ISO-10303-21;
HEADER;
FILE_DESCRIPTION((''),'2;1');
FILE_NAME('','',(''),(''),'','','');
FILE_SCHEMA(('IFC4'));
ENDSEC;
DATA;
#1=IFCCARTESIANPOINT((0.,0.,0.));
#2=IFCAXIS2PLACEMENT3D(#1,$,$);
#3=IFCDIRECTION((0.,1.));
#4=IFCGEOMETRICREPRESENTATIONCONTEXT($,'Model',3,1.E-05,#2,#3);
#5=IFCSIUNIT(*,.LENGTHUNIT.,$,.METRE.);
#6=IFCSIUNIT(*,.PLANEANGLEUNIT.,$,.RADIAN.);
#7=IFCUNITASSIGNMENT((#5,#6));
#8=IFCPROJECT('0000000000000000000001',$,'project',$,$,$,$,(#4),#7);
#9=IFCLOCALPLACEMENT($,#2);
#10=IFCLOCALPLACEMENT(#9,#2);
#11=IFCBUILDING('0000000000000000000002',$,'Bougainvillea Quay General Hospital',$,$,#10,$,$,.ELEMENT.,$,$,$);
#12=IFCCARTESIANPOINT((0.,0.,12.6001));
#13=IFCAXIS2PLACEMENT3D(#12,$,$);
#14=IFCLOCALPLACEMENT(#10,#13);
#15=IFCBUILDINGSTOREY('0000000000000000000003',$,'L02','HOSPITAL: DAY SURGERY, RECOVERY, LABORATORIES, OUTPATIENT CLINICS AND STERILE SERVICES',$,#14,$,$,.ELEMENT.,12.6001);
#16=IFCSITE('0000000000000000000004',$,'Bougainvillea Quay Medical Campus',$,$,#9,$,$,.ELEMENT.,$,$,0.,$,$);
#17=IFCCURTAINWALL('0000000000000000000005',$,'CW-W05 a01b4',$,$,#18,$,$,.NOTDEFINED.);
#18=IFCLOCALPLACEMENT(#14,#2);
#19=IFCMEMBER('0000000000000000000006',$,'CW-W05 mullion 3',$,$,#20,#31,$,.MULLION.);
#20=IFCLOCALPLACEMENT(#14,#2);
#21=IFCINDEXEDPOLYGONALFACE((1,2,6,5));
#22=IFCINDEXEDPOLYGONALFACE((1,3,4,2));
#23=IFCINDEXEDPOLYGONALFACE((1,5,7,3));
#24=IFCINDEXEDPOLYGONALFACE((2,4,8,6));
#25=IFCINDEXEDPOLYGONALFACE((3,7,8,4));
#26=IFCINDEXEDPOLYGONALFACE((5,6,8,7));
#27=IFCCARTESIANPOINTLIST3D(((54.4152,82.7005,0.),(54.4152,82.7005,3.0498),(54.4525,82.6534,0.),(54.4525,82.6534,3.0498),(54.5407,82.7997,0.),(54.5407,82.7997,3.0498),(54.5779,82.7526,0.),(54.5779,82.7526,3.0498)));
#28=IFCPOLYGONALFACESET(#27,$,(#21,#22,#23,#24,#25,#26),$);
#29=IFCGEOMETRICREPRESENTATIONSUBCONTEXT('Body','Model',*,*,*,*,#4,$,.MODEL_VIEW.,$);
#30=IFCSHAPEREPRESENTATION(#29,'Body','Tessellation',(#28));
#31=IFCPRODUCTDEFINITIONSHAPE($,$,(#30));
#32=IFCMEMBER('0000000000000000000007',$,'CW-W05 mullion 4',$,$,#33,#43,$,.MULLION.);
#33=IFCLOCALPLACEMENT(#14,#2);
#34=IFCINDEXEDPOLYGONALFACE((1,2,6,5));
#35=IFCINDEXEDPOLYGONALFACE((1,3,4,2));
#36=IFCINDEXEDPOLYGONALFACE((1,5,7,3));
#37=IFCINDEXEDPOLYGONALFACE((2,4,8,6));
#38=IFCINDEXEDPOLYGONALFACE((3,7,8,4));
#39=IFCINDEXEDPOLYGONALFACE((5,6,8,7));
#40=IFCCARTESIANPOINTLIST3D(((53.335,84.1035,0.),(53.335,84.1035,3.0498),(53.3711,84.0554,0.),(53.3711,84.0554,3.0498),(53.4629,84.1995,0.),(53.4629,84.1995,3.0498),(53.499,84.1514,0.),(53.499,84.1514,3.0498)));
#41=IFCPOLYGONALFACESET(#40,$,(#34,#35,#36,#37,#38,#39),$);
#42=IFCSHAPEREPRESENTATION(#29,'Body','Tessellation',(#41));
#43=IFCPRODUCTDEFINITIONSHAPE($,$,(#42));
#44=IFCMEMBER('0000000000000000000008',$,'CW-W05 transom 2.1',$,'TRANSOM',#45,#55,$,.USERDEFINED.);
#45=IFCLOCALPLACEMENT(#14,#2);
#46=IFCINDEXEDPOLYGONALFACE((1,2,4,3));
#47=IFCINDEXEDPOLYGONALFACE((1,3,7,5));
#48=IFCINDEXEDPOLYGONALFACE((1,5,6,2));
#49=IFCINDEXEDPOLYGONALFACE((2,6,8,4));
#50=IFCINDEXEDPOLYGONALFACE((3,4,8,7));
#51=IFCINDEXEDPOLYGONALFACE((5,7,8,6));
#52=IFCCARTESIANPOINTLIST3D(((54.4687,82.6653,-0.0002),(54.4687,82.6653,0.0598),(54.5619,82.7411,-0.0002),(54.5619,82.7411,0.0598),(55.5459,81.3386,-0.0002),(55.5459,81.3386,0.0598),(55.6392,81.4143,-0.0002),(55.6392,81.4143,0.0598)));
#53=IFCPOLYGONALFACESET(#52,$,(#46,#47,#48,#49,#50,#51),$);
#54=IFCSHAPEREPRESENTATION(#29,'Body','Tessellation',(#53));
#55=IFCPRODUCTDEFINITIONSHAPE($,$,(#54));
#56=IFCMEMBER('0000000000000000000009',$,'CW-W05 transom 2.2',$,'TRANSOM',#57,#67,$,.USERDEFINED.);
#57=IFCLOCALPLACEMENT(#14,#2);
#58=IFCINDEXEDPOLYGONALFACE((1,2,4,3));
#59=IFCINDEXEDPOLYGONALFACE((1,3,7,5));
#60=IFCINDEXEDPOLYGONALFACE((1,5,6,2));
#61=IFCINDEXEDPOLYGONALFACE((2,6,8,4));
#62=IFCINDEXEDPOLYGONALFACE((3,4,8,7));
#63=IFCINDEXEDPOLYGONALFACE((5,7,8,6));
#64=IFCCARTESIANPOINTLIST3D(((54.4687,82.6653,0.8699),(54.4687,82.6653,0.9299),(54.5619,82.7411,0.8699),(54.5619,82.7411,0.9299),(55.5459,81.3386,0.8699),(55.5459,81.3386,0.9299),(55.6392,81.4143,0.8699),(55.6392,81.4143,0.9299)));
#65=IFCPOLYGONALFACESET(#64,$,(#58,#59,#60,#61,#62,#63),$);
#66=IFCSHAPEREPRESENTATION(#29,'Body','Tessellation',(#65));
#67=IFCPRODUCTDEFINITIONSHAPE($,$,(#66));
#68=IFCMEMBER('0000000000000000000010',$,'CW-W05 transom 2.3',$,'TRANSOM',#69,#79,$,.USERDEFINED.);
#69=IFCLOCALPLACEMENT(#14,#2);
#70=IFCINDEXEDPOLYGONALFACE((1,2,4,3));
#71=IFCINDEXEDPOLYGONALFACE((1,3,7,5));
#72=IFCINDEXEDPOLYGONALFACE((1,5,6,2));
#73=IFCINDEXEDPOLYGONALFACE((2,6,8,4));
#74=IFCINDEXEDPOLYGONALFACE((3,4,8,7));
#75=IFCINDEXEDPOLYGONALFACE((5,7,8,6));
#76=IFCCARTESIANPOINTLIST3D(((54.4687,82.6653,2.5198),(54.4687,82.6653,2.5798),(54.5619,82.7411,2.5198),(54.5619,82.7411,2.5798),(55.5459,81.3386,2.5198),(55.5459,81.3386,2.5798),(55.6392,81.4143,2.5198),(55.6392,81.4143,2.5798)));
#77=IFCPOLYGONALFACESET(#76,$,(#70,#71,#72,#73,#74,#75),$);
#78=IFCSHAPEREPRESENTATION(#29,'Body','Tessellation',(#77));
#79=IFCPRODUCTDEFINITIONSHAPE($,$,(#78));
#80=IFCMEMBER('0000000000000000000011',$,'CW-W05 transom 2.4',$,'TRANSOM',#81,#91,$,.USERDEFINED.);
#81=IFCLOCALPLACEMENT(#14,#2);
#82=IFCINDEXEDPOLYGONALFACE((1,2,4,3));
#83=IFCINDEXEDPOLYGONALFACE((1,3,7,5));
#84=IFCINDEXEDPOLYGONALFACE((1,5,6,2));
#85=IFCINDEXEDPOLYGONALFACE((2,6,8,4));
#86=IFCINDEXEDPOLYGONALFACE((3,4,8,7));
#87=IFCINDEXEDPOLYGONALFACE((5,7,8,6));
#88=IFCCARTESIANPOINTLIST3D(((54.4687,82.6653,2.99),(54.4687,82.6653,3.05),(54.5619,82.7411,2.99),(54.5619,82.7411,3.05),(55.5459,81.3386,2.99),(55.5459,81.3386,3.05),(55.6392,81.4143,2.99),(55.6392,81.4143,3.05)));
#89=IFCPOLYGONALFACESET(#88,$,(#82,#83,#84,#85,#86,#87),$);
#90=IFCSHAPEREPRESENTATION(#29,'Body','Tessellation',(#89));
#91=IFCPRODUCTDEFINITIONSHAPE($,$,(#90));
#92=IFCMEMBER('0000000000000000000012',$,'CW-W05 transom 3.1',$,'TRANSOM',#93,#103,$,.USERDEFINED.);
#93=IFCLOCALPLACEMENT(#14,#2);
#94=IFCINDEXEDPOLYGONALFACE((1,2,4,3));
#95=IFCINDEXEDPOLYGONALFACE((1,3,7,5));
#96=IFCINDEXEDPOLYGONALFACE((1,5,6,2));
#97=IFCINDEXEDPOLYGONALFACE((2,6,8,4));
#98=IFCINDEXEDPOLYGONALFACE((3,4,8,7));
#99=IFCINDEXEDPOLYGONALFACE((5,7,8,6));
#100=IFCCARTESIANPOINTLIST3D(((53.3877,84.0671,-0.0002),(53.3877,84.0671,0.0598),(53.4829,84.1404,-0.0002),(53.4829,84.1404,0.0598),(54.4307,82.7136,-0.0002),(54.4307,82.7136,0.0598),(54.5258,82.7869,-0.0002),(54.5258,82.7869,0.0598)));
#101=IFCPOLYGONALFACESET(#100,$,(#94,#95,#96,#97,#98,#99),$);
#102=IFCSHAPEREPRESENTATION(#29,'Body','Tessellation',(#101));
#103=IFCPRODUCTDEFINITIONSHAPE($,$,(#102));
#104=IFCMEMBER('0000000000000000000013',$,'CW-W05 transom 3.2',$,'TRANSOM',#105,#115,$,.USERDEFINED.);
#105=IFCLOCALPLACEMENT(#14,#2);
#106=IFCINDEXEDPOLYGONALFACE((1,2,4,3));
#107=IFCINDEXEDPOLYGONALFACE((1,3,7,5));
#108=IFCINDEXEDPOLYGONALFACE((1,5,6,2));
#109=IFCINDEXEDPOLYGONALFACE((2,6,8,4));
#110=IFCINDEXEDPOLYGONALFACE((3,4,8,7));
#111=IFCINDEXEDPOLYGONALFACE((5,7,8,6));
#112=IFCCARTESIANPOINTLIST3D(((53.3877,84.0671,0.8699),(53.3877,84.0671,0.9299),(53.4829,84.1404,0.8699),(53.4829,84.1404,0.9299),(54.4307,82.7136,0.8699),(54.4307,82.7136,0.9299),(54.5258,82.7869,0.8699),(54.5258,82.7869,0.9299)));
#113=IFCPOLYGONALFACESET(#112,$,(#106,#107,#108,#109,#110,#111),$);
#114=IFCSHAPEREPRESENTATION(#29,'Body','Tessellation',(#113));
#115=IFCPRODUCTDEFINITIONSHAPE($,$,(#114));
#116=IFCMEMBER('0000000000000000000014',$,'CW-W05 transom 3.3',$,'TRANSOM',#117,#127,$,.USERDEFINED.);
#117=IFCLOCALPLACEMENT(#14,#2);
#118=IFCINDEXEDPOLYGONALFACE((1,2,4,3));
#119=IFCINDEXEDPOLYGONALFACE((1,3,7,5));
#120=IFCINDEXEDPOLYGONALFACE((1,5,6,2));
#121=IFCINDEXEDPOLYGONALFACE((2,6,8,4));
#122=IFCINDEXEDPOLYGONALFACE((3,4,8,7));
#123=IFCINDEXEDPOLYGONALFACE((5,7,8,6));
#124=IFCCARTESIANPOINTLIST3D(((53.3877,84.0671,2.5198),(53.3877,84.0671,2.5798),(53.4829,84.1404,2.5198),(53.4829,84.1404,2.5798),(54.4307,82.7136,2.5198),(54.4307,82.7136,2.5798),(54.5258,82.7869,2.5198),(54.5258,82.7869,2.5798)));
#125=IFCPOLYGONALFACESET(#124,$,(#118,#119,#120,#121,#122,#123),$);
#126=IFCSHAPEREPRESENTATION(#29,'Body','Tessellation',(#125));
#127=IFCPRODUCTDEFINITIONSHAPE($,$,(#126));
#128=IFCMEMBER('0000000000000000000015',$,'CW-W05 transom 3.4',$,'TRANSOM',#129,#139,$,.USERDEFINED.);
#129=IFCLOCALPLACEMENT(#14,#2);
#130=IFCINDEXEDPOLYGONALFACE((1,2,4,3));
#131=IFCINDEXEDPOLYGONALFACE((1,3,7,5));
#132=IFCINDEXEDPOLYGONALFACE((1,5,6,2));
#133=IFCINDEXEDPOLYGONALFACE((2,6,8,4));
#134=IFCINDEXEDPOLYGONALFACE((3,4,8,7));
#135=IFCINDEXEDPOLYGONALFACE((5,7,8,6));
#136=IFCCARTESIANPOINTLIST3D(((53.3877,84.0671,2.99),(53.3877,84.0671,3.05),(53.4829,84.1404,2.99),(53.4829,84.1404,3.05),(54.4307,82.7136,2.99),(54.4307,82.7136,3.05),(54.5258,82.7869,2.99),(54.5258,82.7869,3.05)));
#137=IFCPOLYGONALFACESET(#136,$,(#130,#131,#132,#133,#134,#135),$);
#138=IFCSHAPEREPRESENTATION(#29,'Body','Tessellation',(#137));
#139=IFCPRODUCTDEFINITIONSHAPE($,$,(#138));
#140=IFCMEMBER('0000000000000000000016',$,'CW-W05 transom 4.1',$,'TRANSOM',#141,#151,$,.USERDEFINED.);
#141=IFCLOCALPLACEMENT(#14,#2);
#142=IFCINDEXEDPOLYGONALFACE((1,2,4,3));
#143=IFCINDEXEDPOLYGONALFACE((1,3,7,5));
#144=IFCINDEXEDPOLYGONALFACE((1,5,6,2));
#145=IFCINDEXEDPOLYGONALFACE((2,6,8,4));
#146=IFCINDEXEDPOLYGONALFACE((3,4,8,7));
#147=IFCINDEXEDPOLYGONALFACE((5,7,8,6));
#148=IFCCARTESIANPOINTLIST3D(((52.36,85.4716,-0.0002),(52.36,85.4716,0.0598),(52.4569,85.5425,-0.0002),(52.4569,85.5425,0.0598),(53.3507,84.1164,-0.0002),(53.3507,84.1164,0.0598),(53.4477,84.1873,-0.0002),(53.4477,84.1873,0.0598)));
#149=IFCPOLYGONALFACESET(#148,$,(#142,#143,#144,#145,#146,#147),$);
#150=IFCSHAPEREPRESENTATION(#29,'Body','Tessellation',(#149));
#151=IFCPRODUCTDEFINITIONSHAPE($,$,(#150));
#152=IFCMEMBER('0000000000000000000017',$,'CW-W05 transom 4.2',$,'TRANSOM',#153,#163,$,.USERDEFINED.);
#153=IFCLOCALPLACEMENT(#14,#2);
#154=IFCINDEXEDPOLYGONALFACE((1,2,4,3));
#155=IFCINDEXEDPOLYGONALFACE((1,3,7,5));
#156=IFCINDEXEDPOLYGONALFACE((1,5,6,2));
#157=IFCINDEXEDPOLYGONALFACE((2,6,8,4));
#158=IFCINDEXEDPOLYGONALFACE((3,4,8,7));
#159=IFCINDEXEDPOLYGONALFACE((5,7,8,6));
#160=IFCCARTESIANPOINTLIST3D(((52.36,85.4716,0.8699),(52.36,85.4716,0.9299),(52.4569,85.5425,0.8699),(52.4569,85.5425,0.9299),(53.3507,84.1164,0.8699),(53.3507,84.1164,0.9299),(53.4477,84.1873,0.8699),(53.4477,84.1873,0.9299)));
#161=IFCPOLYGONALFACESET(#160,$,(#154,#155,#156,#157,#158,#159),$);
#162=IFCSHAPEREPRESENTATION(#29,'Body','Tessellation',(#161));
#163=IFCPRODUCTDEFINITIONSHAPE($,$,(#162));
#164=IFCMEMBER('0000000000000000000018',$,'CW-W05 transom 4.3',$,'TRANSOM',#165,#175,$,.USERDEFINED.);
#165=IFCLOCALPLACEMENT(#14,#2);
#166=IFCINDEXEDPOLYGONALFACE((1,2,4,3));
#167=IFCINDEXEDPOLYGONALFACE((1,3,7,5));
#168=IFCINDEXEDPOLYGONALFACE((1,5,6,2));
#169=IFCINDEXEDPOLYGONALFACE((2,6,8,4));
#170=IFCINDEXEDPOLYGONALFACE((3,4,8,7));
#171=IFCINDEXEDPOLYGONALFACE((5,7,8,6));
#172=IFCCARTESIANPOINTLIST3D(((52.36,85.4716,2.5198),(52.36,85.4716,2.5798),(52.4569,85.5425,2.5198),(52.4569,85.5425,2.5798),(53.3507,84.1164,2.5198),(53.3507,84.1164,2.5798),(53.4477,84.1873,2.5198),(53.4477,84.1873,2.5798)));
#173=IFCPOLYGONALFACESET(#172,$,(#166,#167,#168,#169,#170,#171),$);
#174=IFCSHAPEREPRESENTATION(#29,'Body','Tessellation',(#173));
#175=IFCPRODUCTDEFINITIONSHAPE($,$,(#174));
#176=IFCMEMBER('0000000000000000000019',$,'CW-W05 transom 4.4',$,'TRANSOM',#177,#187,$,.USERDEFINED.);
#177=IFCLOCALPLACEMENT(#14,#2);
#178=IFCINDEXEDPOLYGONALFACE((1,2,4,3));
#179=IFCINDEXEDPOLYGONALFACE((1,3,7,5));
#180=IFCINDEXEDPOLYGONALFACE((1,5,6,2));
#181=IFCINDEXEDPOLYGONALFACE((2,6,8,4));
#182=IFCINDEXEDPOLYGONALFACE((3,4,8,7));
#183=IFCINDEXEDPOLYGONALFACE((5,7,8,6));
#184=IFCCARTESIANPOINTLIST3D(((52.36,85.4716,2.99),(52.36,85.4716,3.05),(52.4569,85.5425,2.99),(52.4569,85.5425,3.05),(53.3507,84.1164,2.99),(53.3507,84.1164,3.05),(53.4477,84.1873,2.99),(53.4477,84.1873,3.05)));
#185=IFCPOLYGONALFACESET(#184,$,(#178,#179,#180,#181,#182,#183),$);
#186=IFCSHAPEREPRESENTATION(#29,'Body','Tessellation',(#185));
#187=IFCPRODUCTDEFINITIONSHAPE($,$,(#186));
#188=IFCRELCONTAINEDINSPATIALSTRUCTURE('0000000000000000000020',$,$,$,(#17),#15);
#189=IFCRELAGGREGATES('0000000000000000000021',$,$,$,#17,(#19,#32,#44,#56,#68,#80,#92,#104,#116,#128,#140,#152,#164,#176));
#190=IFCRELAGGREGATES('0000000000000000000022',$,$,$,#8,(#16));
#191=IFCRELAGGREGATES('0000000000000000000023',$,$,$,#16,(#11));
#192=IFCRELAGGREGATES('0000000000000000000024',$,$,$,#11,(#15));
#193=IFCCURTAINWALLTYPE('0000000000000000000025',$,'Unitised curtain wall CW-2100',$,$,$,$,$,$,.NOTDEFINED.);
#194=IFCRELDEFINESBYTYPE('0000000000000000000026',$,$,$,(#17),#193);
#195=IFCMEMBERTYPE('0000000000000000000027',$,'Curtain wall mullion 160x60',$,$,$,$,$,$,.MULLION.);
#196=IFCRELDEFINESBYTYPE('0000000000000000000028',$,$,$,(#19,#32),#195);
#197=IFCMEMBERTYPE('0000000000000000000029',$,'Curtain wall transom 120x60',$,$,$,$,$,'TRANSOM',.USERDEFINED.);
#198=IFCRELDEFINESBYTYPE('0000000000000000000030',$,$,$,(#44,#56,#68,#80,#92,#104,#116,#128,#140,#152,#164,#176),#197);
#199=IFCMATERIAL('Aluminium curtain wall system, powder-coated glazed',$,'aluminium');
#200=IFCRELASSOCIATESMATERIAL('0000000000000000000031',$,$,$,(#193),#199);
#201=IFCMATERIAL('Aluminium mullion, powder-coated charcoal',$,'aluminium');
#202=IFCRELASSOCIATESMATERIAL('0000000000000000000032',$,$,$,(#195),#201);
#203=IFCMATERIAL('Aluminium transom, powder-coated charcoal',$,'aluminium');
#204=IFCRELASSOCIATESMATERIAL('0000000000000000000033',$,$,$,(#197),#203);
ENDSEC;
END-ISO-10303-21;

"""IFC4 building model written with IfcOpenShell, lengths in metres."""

from ifc_helpers import new_model, si_unit, direction, frame, origin, origin_2d, place, context, subcontext, project, spatial, rectangle, extrude, material, material_profile, profile_set, type_object, element, aggregate, save


model = new_model("IFC4")

# Units and contexts
model_context = context("Model", 3, precision=1e-05, world=origin(), true_north=direction((0.0, 1.0)))
body_context = subcontext(model_context, "Body", "Model", "MODEL_VIEW")
ifc_project = project(units=[si_unit("LENGTHUNIT", "METRE"), si_unit("PLANEANGLEUNIT", "RADIAN")], contexts=[model_context])

# Site, building, storey
site_placement = place(None, origin())
site = spatial("IfcSite", under=ifc_project, at=site_placement, Name="Bougainvillea Quay Medical Campus", CompositionType="ELEMENT", RefElevation=0.0)
building_placement = place(site_placement, origin())
building = spatial("IfcBuilding", under=site, at=building_placement, Name="Bougainvillea Quay General Hospital", CompositionType="ELEMENT")
storey_placement = place(building_placement, frame((0.0, 0.0, 12.6001)))
storey = spatial("IfcBuildingStorey", under=building, at=storey_placement, Name="L02", Description="HOSPITAL: DAY SURGERY, RECOVERY, LABORATORIES, OUTPATIENT CLINICS AND STERILE SERVICES", CompositionType="ELEMENT", Elevation=12.6001)

# Curtain wall, members
ifc_material_1 = material(Name="Aluminium curtain wall system, powder-coated glazed", Category="aluminium")
curtain_wall_type = type_object("IfcCurtainWallType", Name="Unitised curtain wall CW-2100", PredefinedType="NOTDEFINED", material=ifc_material_1)
curtain_wall_placement = place(storey_placement, origin())
curtain_wall = element("IfcCurtainWall", 1, at=curtain_wall_placement, inside=storey, type_object=curtain_wall_type, Name="CW-W05 a01b4", PredefinedType="NOTDEFINED")
ifc_material_2 = material(Name="Aluminium mullion, powder-coated charcoal", Category="aluminium")
ifc_material_profile_1 = material_profile(ifc_material_2, rectangle(XDim=0.1599, YDim=0.0601, at=origin_2d()))
ifc_profile_set_1 = profile_set([ifc_material_profile_1], Name="Aluminium mullion, powder-coated charcoal")
member_type_1 = type_object("IfcMemberType", Name="Curtain wall mullion 160x60", PredefinedType="MULLION", material=ifc_profile_set_1)
member_1_placement = place(storey_placement, frame((54.4966, 82.7266, 0.0), z_axis=(0.0, 0.0, 1.0), x_axis=(-0.784279, -0.620409, 0.0)))
member_1 = element("IfcMember", 2, at=member_1_placement, type_object=member_type_1, Name="CW-W05 mullion 3", PredefinedType="MULLION", context=body_context, shape_type="SweptSolid", body=[
    extrude(rectangle(XDim=0.1599, YDim=0.0601, at=origin_2d()), origin(), (0.0, 0.0, 1.0), 3.0498),
])
member_2_placement = place(storey_placement, frame((53.417, 84.1274, 0.0), z_axis=(0.0, 0.0, 1.0), x_axis=(-0.799758, -0.600323, 0.0)))
member_2 = element("IfcMember", 3, at=member_2_placement, type_object=member_type_1, Name="CW-W05 mullion 4", PredefinedType="MULLION", context=body_context, shape_type="SweptSolid", body=[
    extrude(rectangle(XDim=0.1599, YDim=0.0601, at=origin_2d()), origin(), (0.0, 0.0, 1.0), 3.0498),
])
ifc_material_3 = material(Name="Aluminium transom, powder-coated charcoal", Category="aluminium")
ifc_material_profile_2 = material_profile(ifc_material_3, rectangle(XDim=0.1201, YDim=0.0601, at=origin_2d()))
ifc_profile_set_2 = profile_set([ifc_material_profile_2], Name="Aluminium transom, powder-coated charcoal")
member_type_2 = type_object("IfcMemberType", Name="Curtain wall transom 120x60", ElementType="TRANSOM", PredefinedType="USERDEFINED", material=ifc_profile_set_2)
member_3_placement = place(storey_placement, frame((55.5925, 81.3765, 0.0298), z_axis=(-0.630324, 0.776332, 0.0), x_axis=(-0.776332, -0.630324, 0.0)))
member_3 = element("IfcMember", 4, at=member_3_placement, type_object=member_type_2, Name="CW-W05 transom 2.1", ObjectType="TRANSOM", PredefinedType="USERDEFINED", context=body_context, shape_type="SweptSolid", body=[
    extrude(rectangle(XDim=0.1201, YDim=0.0601, at=origin_2d()), origin(), (0.0, 0.0, 1.0), 1.709),
])
member_4_placement = place(storey_placement, frame((55.5925, 81.3765, 0.8999), z_axis=(-0.630324, 0.776332, 0.0), x_axis=(-0.776332, -0.630324, 0.0)))
member_4 = element("IfcMember", 5, at=member_4_placement, type_object=member_type_2, Name="CW-W05 transom 2.2", ObjectType="TRANSOM", PredefinedType="USERDEFINED", context=body_context, shape_type="SweptSolid", body=[
    extrude(rectangle(XDim=0.1201, YDim=0.0601, at=origin_2d()), origin(), (0.0, 0.0, 1.0), 1.709),
])
member_5_placement = place(storey_placement, frame((55.5925, 81.3765, 2.5498), z_axis=(-0.630324, 0.776332, 0.0), x_axis=(-0.776332, -0.630324, 0.0)))
member_5 = element("IfcMember", 6, at=member_5_placement, type_object=member_type_2, Name="CW-W05 transom 2.3", ObjectType="TRANSOM", PredefinedType="USERDEFINED", context=body_context, shape_type="SweptSolid", body=[
    extrude(rectangle(XDim=0.1201, YDim=0.0601, at=origin_2d()), origin(), (0.0, 0.0, 1.0), 1.709),
])
member_6_placement = place(storey_placement, frame((55.5925, 81.3765, 3.02), z_axis=(-0.630324, 0.776332, 0.0), x_axis=(-0.776332, -0.630324, 0.0)))
member_6 = element("IfcMember", 7, at=member_6_placement, type_object=member_type_2, Name="CW-W05 transom 2.4", ObjectType="TRANSOM", PredefinedType="USERDEFINED", context=body_context, shape_type="SweptSolid", body=[
    extrude(rectangle(XDim=0.1201, YDim=0.0601, at=origin_2d()), origin(), (0.0, 0.0, 1.0), 1.709),
])
member_7_placement = place(storey_placement, frame((54.4783, 82.7502, 0.0298), z_axis=(-0.610373, 0.792114, 0.0), x_axis=(-0.792114, -0.610373, 0.0)))
member_7 = element("IfcMember", 8, at=member_7_placement, type_object=member_type_2, Name="CW-W05 transom 3.1", ObjectType="TRANSOM", PredefinedType="USERDEFINED", context=body_context, shape_type="SweptSolid", body=[
    extrude(rectangle(XDim=0.1201, YDim=0.0601, at=origin_2d()), origin(), (0.0, 0.0, 1.0), 1.7087),
])
member_8_placement = place(storey_placement, frame((54.4783, 82.7502, 0.8999), z_axis=(-0.610373, 0.792114, 0.0), x_axis=(-0.792114, -0.610373, 0.0)))
member_8 = element("IfcMember", 9, at=member_8_placement, type_object=member_type_2, Name="CW-W05 transom 3.2", ObjectType="TRANSOM", PredefinedType="USERDEFINED", context=body_context, shape_type="SweptSolid", body=[
    extrude(rectangle(XDim=0.1201, YDim=0.0601, at=origin_2d()), origin(), (0.0, 0.0, 1.0), 1.7087),
])
member_9_placement = place(storey_placement, frame((54.4783, 82.7502, 2.5498), z_axis=(-0.610373, 0.792114, 0.0), x_axis=(-0.792114, -0.610373, 0.0)))
member_9 = element("IfcMember", 10, at=member_9_placement, type_object=member_type_2, Name="CW-W05 transom 3.3", ObjectType="TRANSOM", PredefinedType="USERDEFINED", context=body_context, shape_type="SweptSolid", body=[
    extrude(rectangle(XDim=0.1201, YDim=0.0601, at=origin_2d()), origin(), (0.0, 0.0, 1.0), 1.7087),
])
member_10_placement = place(storey_placement, frame((54.4783, 82.7502, 3.02), z_axis=(-0.610373, 0.792114, 0.0), x_axis=(-0.792114, -0.610373, 0.0)))
member_10 = element("IfcMember", 11, at=member_10_placement, type_object=member_type_2, Name="CW-W05 transom 3.4", ObjectType="TRANSOM", PredefinedType="USERDEFINED", context=body_context, shape_type="SweptSolid", body=[
    extrude(rectangle(XDim=0.1201, YDim=0.0601, at=origin_2d()), origin(), (0.0, 0.0, 1.0), 1.7087),
])
member_11_placement = place(storey_placement, frame((53.3992, 84.1519, 0.0298), z_axis=(-0.590159, 0.807287, 0.0), x_axis=(-0.807287, -0.590159, 0.0)))
member_11 = element("IfcMember", 12, at=member_11_placement, type_object=member_type_2, Name="CW-W05 transom 4.1", ObjectType="TRANSOM", PredefinedType="USERDEFINED", context=body_context, shape_type="SweptSolid", body=[
    extrude(rectangle(XDim=0.1201, YDim=0.0601, at=origin_2d()), origin(), (0.0, 0.0, 1.0), 1.6787),
])
member_12_placement = place(storey_placement, frame((53.3992, 84.1519, 0.8999), z_axis=(-0.590159, 0.807287, 0.0), x_axis=(-0.807287, -0.590159, 0.0)))
member_12 = element("IfcMember", 13, at=member_12_placement, type_object=member_type_2, Name="CW-W05 transom 4.2", ObjectType="TRANSOM", PredefinedType="USERDEFINED", context=body_context, shape_type="SweptSolid", body=[
    extrude(rectangle(XDim=0.1201, YDim=0.0601, at=origin_2d()), origin(), (0.0, 0.0, 1.0), 1.6787),
])
member_13_placement = place(storey_placement, frame((53.3992, 84.1519, 2.5498), z_axis=(-0.590159, 0.807287, 0.0), x_axis=(-0.807287, -0.590159, 0.0)))
member_13 = element("IfcMember", 14, at=member_13_placement, type_object=member_type_2, Name="CW-W05 transom 4.3", ObjectType="TRANSOM", PredefinedType="USERDEFINED", context=body_context, shape_type="SweptSolid", body=[
    extrude(rectangle(XDim=0.1201, YDim=0.0601, at=origin_2d()), origin(), (0.0, 0.0, 1.0), 1.6787),
])
member_14_placement = place(storey_placement, frame((53.3992, 84.1519, 3.02), z_axis=(-0.590159, 0.807287, 0.0), x_axis=(-0.807287, -0.590159, 0.0)))
member_14 = element("IfcMember", 15, at=member_14_placement, type_object=member_type_2, Name="CW-W05 transom 4.4", ObjectType="TRANSOM", PredefinedType="USERDEFINED", context=body_context, shape_type="SweptSolid", body=[
    extrude(rectangle(XDim=0.1201, YDim=0.0601, at=origin_2d()), origin(), (0.0, 0.0, 1.0), 1.6787),
])
aggregate(curtain_wall, [member_1, member_2, member_3, member_4, member_5, member_6, member_7, member_8, member_9, member_10, member_11, member_12, member_13, member_14])

save(model, "model.ifc")
